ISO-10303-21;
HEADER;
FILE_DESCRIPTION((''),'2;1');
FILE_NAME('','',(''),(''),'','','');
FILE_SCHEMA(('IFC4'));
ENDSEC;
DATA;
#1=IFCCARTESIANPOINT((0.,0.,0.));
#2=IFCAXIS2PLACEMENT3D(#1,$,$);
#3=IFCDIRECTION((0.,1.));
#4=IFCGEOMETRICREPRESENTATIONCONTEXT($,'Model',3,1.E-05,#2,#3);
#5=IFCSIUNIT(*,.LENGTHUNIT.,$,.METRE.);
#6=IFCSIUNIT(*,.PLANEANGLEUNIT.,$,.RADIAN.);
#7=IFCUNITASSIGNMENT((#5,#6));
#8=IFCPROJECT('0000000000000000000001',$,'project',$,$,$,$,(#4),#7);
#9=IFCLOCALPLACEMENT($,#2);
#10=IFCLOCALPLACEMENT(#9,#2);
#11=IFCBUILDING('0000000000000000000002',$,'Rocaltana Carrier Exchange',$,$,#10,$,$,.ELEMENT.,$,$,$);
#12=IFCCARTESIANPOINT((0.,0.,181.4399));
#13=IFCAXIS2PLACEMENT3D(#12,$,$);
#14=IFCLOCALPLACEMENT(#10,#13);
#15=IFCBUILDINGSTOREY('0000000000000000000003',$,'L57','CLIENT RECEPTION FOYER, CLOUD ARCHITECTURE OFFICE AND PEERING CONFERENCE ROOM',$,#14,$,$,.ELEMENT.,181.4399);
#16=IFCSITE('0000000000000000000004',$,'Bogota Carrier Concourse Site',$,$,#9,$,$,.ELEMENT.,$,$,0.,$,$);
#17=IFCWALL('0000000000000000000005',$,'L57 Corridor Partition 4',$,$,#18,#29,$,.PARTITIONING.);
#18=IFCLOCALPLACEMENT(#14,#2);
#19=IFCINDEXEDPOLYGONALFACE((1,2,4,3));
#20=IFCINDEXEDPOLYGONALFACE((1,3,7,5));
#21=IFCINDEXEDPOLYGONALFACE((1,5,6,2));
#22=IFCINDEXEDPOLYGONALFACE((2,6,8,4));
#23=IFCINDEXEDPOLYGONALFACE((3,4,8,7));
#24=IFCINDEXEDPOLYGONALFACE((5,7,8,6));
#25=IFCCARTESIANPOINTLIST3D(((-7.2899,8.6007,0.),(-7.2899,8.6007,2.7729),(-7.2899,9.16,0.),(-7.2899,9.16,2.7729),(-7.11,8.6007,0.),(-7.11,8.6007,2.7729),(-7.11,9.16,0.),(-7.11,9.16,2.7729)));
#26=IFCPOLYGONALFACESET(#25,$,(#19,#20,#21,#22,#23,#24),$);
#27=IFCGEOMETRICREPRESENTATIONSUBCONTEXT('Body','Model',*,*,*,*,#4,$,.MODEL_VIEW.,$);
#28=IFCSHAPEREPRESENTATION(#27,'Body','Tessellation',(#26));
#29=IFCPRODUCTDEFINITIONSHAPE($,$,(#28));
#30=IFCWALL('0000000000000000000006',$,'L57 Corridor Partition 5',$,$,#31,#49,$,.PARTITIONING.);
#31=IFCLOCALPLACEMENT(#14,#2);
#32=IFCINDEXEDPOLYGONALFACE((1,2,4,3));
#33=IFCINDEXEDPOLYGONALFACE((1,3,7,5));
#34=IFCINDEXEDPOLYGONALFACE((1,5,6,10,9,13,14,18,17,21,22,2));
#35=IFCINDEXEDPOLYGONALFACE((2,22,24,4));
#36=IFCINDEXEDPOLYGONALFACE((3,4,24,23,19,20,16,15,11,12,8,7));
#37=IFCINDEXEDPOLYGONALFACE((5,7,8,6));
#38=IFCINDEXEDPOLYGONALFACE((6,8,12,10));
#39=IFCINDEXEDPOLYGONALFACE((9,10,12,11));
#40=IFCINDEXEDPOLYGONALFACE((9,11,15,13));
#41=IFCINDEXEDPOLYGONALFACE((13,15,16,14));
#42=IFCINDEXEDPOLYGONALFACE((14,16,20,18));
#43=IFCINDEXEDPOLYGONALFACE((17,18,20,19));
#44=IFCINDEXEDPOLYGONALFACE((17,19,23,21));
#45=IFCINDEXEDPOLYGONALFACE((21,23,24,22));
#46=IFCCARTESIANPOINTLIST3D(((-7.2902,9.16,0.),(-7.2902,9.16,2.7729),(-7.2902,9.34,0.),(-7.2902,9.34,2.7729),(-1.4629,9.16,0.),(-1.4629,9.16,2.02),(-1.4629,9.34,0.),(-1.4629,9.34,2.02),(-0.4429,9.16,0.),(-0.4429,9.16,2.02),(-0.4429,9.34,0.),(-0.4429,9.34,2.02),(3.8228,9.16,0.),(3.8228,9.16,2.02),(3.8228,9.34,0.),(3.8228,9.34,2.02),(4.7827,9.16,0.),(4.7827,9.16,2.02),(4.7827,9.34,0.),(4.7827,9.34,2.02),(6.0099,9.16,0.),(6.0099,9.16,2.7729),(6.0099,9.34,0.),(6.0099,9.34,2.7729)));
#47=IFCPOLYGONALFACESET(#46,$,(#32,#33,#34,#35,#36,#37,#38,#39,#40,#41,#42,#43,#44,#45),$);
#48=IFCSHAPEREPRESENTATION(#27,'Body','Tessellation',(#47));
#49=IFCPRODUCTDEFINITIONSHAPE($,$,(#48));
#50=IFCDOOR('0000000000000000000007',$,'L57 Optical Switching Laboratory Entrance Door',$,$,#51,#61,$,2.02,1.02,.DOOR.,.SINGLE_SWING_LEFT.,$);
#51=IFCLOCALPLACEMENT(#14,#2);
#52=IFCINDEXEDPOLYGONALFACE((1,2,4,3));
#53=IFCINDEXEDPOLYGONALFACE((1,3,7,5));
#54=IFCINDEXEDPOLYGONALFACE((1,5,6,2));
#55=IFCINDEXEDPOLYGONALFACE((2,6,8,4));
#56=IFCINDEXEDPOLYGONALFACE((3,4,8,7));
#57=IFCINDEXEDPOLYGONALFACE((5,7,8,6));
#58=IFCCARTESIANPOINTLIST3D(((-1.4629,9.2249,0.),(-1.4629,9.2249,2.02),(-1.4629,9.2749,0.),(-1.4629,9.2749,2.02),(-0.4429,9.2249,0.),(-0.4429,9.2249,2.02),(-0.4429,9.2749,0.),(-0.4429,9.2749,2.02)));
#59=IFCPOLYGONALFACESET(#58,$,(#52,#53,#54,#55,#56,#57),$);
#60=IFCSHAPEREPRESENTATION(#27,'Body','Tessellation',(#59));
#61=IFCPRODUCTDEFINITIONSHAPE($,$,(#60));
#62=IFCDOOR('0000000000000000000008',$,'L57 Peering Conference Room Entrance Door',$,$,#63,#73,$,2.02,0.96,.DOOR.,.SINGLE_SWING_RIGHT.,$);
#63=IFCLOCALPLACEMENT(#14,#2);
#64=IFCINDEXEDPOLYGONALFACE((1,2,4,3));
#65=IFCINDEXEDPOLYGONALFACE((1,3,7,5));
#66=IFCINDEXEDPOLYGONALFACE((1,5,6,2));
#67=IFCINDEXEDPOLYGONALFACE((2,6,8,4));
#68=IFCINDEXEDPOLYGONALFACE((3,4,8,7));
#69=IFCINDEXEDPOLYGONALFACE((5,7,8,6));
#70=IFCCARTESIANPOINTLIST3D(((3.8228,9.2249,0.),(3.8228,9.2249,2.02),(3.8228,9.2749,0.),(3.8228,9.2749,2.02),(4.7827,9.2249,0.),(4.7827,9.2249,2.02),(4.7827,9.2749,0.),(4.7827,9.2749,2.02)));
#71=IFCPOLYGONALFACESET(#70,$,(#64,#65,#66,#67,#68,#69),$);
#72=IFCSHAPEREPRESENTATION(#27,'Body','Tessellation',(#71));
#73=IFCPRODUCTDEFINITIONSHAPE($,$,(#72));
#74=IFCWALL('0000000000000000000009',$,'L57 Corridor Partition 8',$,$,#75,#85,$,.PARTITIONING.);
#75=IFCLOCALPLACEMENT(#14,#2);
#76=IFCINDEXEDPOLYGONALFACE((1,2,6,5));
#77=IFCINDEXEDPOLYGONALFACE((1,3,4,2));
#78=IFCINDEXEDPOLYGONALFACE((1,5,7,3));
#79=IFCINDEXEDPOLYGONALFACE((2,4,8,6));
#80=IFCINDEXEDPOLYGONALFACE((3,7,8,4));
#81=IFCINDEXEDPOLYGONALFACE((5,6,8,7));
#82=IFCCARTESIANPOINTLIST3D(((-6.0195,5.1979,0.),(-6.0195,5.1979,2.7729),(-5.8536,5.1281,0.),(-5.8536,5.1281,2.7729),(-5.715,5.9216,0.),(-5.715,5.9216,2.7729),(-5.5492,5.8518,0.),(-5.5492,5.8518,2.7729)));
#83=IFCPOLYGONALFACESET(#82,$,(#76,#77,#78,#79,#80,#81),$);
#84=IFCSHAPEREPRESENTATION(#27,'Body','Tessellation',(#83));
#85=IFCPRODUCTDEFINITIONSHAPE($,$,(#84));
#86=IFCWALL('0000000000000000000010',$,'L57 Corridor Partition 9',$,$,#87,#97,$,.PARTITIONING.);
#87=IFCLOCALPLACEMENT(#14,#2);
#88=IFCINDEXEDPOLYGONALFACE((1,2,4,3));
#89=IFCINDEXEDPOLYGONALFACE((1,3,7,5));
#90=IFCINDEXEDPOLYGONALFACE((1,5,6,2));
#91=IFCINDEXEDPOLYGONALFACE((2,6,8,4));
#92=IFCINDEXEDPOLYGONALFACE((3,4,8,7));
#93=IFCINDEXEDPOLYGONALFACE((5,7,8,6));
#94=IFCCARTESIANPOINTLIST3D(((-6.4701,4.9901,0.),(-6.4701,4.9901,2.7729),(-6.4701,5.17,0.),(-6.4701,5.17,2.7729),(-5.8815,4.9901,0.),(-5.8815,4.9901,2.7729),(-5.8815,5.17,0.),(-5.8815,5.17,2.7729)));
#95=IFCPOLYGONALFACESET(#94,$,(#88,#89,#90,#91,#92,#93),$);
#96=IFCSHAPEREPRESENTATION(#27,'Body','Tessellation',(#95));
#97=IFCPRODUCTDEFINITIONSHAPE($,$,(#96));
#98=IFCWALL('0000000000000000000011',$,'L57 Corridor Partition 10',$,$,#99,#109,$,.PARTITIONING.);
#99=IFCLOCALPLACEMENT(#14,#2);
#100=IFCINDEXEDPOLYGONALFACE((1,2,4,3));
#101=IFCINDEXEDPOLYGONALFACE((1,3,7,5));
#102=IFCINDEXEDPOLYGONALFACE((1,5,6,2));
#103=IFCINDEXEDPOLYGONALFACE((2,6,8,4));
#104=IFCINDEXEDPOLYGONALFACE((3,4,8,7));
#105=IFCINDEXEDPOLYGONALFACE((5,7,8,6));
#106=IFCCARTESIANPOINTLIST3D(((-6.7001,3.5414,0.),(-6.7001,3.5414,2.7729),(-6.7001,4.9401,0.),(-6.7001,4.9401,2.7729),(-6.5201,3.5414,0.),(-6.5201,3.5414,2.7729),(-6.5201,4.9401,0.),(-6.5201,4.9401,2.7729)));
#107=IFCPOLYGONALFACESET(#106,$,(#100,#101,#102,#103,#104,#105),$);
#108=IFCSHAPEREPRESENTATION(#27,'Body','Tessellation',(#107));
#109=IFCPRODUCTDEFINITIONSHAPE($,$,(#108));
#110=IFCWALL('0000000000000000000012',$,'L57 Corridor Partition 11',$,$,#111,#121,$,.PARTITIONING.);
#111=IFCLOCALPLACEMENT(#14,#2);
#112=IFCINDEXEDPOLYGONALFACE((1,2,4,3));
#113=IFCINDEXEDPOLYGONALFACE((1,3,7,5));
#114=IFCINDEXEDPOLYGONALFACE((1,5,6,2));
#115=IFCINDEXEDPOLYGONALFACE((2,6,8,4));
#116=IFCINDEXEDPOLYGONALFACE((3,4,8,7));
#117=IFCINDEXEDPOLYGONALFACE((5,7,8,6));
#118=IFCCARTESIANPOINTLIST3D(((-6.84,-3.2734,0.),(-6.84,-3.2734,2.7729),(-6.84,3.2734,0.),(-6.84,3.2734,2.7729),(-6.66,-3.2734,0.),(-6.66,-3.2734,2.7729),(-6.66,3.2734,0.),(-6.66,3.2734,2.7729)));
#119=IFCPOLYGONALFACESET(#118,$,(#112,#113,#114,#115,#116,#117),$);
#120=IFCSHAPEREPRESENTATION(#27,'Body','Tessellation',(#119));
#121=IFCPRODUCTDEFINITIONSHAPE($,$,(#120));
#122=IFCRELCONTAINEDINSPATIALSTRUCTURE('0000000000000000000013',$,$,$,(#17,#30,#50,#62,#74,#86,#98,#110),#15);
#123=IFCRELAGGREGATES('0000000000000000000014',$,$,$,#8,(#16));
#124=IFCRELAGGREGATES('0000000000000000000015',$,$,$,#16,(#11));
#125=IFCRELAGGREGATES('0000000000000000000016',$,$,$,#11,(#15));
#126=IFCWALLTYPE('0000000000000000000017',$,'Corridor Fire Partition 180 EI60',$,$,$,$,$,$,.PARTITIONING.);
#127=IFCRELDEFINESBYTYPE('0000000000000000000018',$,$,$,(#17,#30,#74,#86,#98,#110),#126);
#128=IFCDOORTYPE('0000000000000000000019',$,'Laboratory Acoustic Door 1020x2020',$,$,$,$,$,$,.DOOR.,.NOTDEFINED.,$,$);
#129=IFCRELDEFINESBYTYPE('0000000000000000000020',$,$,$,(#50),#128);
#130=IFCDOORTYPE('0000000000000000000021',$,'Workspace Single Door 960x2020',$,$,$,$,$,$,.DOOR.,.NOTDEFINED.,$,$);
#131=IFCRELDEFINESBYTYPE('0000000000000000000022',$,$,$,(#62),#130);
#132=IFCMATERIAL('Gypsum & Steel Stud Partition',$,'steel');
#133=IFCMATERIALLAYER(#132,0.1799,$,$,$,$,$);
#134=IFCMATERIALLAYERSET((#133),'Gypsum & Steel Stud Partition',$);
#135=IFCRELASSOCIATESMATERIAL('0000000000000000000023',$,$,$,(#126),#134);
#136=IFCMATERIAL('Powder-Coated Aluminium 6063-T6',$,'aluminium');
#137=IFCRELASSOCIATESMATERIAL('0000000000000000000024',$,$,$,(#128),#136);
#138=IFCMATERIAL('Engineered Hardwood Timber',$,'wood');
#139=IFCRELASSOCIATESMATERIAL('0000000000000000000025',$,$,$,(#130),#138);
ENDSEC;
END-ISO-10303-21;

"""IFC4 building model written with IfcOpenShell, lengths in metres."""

from ifc_helpers import new_model, si_unit, direction, frame, frame_2d, origin, place, context, subcontext, project, spatial, rectangle, extrude, material, layer, layer_set, type_object, element, fill, save


model = new_model("IFC4")

# Units and contexts
model_context = context("Model", 3, precision=1e-05, world=origin(), true_north=direction((0.0, 1.0)))
body_context = subcontext(model_context, "Body", "Model", "MODEL_VIEW")
ifc_project = project(units=[si_unit("LENGTHUNIT", "METRE"), si_unit("PLANEANGLEUNIT", "RADIAN")], contexts=[model_context])

# Site, building, storey
site_placement = place(None, origin())
site = spatial("IfcSite", under=ifc_project, at=site_placement, Name="Bogota Carrier Concourse Site", CompositionType="ELEMENT", RefElevation=0.0)
building_placement = place(site_placement, origin())
building = spatial("IfcBuilding", under=site, at=building_placement, Name="Rocaltana Carrier Exchange", CompositionType="ELEMENT")
storey_placement = place(building_placement, frame((0.0, 0.0, 181.4399)))
storey = spatial("IfcBuildingStorey", under=building, at=storey_placement, Name="L57", Description="CLIENT RECEPTION FOYER, CLOUD ARCHITECTURE OFFICE AND PEERING CONFERENCE ROOM", CompositionType="ELEMENT", Elevation=181.4399)

# Wall
ifc_material_1 = material(Name="Gypsum & Steel Stud Partition", Category="steel")
ifc_layer_1 = layer(ifc_material_1, 0.1799)
ifc_layer_set_1 = layer_set([ifc_layer_1], Name="Gypsum & Steel Stud Partition")
wall_type_1 = type_object("IfcWallType", Name="Corridor Fire Partition 180 EI60", PredefinedType="PARTITIONING", material=ifc_layer_set_1)
wall_1_placement = place(storey_placement, frame((-7.2, 8.6006, 0.0), z_axis=(0.0, 0.0, 1.0), x_axis=(0.0, 1.0, 0.0)))
element("IfcWall", 1, at=wall_1_placement, inside=storey, type_object=wall_type_1, Name="L57 Corridor Partition 4", PredefinedType="PARTITIONING", context=body_context, shape_type="SweptSolid", body=[
    extrude(rectangle(XDim=0.5593, YDim=0.1799, at=frame_2d((0.2798, 0.0))), origin(), (0.0, 0.0, 1.0), 2.7729),
])

# Wall, openings, doors
wall_2_placement = place(storey_placement, frame((-7.29, 9.25, 0.0), z_axis=(0.0, 0.0, 1.0), x_axis=(1.0, 0.0, 0.0)))
wall_2 = element("IfcWall", 2, at=wall_2_placement, inside=storey, type_object=wall_type_1, Name="L57 Corridor Partition 5", PredefinedType="PARTITIONING", context=body_context, shape_type="SweptSolid", body=[
    extrude(rectangle(XDim=13.3, YDim=0.1799, at=frame_2d((6.6499, 0.0))), origin(), (0.0, 0.0, 1.0), 2.7729),
])
opening_1_placement = place(wall_2_placement, frame((11.1128, 0.0, 0.0)))
opening_1 = element("IfcOpeningElement", 3, at=opening_1_placement, cuts=wall_2, PredefinedType="OPENING", context=body_context, shape_type="SweptSolid", body=[
    extrude(rectangle(XDim=0.96, YDim=2.02, at=frame_2d((0.48, 1.01))), frame((0.0, 0.0999, 0.0), z_axis=(0.0, -1.0, 0.0), x_axis=(1.0, 0.0, 0.0)), (0.0, 0.0, 1.0), 0.2),
])
opening_2_placement = place(wall_2_placement, frame((5.8271, 0.0, 0.0)))
opening_2 = element("IfcOpeningElement", 4, at=opening_2_placement, cuts=wall_2, PredefinedType="OPENING", context=body_context, shape_type="SweptSolid", body=[
    extrude(rectangle(XDim=1.02, YDim=2.02, at=frame_2d((0.51, 1.01))), frame((0.0, 0.0999, 0.0), z_axis=(0.0, -1.0, 0.0), x_axis=(1.0, 0.0, 0.0)), (0.0, 0.0, 1.0), 0.2),
])
ifc_material_2 = material(Name="Powder-Coated Aluminium 6063-T6", Category="aluminium")
door_type_1 = type_object("IfcDoorType", Name="Laboratory Acoustic Door 1020x2020", OperationType="NOTDEFINED", PredefinedType="DOOR", material=ifc_material_2)
door_1_placement = place(opening_2_placement, origin())
door_1 = element("IfcDoor", 5, at=door_1_placement, inside=storey, type_object=door_type_1, Name="L57 Optical Switching Laboratory Entrance Door", OperationType="SINGLE_SWING_LEFT", OverallHeight=2.02, OverallWidth=1.02, PredefinedType="DOOR", context=body_context, shape_type="SweptSolid", body=[
    extrude(rectangle(XDim=1.02, YDim=2.02, at=frame_2d((0.51, 1.01))), frame((0.0, 0.0249, 0.0), z_axis=(0.0, -1.0, 0.0), x_axis=(1.0, 0.0, 0.0)), (0.0, 0.0, 1.0), 0.05),
])
fill(opening_2, door_1)
ifc_material_3 = material(Name="Engineered Hardwood Timber", Category="wood")
door_type_2 = type_object("IfcDoorType", Name="Workspace Single Door 960x2020", OperationType="NOTDEFINED", PredefinedType="DOOR", material=ifc_material_3)
door_2_placement = place(opening_1_placement, origin())
door_2 = element("IfcDoor", 6, at=door_2_placement, inside=storey, type_object=door_type_2, Name="L57 Peering Conference Room Entrance Door", OperationType="SINGLE_SWING_RIGHT", OverallHeight=2.02, OverallWidth=0.96, PredefinedType="DOOR", context=body_context, shape_type="SweptSolid", body=[
    extrude(rectangle(XDim=0.96, YDim=2.02, at=frame_2d((0.48, 1.01))), frame((0.0, 0.0249, 0.0), z_axis=(0.0, -1.0, 0.0), x_axis=(1.0, 0.0, 0.0)), (0.0, 0.0, 1.0), 0.05),
])
fill(opening_1, door_2)

# Walls
wall_3_placement = place(storey_placement, frame((-5.6321, 5.8867, 0.0), z_axis=(0.0, 0.0, 1.0), x_axis=(-0.387793, -0.921747, 0.0)))
element("IfcWall", 7, at=wall_3_placement, inside=storey, type_object=wall_type_1, Name="L57 Corridor Partition 8", PredefinedType="PARTITIONING", context=body_context, shape_type="SweptSolid", body=[
    extrude(rectangle(XDim=0.7852, YDim=0.1799, at=frame_2d((0.3926, 0.0))), origin(), (0.0, 0.0, 1.0), 2.7729),
])
wall_4_placement = place(storey_placement, frame((-5.8813, 5.0801, 0.0), z_axis=(0.0, 0.0, 1.0), x_axis=(-1.0, 0.0, 0.0)))
element("IfcWall", 8, at=wall_4_placement, inside=storey, type_object=wall_type_1, Name="L57 Corridor Partition 9", PredefinedType="PARTITIONING", context=body_context, shape_type="SweptSolid", body=[
    extrude(rectangle(XDim=0.5886, YDim=0.1799, at=frame_2d((0.2944, 0.0))), origin(), (0.0, 0.0, 1.0), 2.7729),
])
wall_5_placement = place(storey_placement, frame((-6.6101, 4.9399, 0.0), z_axis=(0.0, 0.0, 1.0), x_axis=(0.0, -1.0, 0.0)))
element("IfcWall", 9, at=wall_5_placement, inside=storey, type_object=wall_type_1, Name="L57 Corridor Partition 10", PredefinedType="PARTITIONING", context=body_context, shape_type="SweptSolid", body=[
    extrude(rectangle(XDim=1.3987, YDim=0.1799, at=frame_2d((0.6992, 0.0))), origin(), (0.0, 0.0, 1.0), 2.7729),
])
wall_6_placement = place(storey_placement, frame((-6.75, 3.2734, 0.0), z_axis=(0.0, 0.0, 1.0), x_axis=(0.0, -1.0, 0.0)))
element("IfcWall", 10, at=wall_6_placement, inside=storey, type_object=wall_type_1, Name="L57 Corridor Partition 11", PredefinedType="PARTITIONING", context=body_context, shape_type="SweptSolid", body=[
    extrude(rectangle(XDim=6.5469, YDim=0.1799, at=frame_2d((3.2734, 0.0))), origin(), (0.0, 0.0, 1.0), 2.7729),
])

save(model, "model.ifc")
